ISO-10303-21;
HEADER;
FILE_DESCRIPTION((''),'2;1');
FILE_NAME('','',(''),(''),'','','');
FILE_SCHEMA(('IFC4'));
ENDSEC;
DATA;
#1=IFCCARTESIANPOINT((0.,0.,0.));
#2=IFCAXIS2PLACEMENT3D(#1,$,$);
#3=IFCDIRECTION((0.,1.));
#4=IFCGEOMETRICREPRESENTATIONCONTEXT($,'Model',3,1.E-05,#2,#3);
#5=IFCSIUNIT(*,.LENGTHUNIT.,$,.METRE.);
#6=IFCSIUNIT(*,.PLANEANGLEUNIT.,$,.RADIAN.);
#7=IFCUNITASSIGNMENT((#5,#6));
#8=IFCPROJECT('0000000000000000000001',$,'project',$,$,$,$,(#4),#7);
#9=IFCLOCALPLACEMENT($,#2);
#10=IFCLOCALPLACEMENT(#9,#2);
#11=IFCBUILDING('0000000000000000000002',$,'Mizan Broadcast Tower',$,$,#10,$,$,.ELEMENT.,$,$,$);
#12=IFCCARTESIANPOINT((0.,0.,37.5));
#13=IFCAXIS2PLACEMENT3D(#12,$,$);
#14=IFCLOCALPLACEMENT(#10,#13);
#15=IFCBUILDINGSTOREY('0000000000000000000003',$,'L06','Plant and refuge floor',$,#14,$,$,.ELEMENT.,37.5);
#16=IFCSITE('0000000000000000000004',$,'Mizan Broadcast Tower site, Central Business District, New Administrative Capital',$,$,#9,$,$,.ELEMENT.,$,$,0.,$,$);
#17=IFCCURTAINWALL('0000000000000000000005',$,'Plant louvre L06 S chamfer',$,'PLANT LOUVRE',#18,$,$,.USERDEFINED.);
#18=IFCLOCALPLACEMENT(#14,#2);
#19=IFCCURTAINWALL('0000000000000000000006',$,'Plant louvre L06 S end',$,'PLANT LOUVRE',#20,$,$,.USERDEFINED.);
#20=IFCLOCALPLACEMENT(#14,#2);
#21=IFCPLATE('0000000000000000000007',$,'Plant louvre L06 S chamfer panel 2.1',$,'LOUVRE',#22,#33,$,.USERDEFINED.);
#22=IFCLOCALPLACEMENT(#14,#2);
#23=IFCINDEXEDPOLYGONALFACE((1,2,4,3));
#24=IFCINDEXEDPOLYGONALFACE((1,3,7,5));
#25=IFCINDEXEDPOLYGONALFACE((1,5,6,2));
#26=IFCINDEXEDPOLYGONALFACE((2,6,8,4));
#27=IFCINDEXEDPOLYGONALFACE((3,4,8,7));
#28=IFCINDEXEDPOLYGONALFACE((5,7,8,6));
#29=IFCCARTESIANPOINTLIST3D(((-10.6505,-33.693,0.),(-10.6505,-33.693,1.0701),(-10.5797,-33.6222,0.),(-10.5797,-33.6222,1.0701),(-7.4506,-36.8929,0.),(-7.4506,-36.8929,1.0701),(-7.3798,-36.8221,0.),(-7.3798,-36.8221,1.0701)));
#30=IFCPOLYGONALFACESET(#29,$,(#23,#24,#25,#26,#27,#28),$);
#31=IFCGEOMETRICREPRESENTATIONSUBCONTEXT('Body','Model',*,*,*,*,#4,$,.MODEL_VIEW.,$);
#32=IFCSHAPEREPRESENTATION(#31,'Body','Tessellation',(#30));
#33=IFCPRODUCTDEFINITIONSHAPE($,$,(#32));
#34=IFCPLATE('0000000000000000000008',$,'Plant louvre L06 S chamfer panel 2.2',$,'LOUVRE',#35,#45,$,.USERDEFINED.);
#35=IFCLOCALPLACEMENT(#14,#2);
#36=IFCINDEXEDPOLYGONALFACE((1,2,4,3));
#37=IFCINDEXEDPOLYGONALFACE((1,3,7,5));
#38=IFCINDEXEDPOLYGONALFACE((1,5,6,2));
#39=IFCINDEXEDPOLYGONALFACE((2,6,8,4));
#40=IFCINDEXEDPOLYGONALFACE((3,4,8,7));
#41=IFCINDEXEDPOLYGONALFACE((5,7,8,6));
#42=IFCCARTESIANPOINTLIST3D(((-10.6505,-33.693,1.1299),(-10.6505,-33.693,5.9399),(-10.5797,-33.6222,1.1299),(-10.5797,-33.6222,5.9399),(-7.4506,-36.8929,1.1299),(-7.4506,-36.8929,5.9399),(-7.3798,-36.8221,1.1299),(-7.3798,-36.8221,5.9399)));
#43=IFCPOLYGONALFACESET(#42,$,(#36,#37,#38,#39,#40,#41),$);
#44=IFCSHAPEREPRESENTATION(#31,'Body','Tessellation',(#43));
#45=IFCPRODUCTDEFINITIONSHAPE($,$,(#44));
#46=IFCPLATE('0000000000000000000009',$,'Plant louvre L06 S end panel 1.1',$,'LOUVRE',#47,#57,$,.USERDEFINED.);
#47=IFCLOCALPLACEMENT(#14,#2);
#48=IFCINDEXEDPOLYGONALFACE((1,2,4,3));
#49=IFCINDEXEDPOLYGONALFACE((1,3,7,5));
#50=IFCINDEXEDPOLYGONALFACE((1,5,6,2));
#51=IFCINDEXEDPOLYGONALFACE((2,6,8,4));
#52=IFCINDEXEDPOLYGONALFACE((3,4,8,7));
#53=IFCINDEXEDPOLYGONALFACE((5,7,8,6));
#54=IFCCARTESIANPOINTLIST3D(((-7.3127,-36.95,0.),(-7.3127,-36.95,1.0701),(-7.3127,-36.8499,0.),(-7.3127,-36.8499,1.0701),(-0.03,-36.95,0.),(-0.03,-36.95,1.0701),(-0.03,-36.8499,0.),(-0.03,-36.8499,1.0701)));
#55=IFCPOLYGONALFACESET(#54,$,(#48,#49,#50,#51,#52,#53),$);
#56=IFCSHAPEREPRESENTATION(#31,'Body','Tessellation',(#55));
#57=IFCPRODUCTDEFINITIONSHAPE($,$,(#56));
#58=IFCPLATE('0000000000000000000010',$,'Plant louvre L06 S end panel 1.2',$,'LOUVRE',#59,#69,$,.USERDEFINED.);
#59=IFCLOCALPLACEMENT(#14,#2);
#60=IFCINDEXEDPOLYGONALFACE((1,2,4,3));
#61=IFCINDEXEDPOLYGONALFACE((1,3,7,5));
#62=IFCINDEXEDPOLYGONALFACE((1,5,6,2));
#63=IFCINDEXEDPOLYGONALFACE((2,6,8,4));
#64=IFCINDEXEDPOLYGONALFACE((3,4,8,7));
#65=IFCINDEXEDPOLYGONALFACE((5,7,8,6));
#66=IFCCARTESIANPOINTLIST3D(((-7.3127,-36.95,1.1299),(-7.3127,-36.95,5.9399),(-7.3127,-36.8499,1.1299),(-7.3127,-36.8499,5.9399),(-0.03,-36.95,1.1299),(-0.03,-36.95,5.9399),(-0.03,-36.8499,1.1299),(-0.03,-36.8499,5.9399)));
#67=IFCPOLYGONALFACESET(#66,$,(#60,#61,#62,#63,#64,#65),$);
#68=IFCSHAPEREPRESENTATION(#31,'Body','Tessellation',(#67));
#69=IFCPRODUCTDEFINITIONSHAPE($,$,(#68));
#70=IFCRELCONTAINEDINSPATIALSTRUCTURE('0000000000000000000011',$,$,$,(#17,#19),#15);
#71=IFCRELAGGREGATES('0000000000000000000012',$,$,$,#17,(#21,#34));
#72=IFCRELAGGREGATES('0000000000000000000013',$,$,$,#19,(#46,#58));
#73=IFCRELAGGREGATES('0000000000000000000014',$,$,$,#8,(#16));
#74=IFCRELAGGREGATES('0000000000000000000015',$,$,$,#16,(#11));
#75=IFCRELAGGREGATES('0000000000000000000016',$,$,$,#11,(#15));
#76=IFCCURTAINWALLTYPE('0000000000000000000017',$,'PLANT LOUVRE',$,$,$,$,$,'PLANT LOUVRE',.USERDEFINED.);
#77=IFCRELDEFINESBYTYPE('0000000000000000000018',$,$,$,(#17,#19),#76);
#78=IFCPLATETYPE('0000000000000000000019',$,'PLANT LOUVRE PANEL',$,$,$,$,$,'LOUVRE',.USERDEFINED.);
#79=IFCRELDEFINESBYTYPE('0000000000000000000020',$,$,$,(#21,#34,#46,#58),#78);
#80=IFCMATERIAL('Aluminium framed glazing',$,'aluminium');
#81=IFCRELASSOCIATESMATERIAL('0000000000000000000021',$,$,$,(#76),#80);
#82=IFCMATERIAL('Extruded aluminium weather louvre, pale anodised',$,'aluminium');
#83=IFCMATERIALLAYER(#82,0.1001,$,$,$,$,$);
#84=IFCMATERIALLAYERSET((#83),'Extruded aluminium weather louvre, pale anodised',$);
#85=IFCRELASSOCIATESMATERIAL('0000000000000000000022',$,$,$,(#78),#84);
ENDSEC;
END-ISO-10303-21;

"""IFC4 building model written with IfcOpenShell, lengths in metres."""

from ifc_helpers import new_model, si_unit, direction, frame, origin, origin_2d, place, context, subcontext, project, spatial, rectangle, extrude, material, layer, layer_set, type_object, element, aggregate, save


model = new_model("IFC4")

# Units and contexts
model_context = context("Model", 3, precision=1e-05, world=origin(), true_north=direction((0.0, 1.0)))
body_context = subcontext(model_context, "Body", "Model", "MODEL_VIEW")
ifc_project = project(units=[si_unit("LENGTHUNIT", "METRE"), si_unit("PLANEANGLEUNIT", "RADIAN")], contexts=[model_context])

# Site, building, storey
site_placement = place(None, origin())
site = spatial("IfcSite", under=ifc_project, at=site_placement, Name="Mizan Broadcast Tower site, Central Business District, New Administrative Capital", CompositionType="ELEMENT", RefElevation=0.0)
building_placement = place(site_placement, origin())
building = spatial("IfcBuilding", under=site, at=building_placement, Name="Mizan Broadcast Tower", CompositionType="ELEMENT")
storey_placement = place(building_placement, frame((0.0, 0.0, 37.5)))
storey = spatial("IfcBuildingStorey", under=building, at=storey_placement, Name="L06", Description="Plant and refuge floor", CompositionType="ELEMENT", Elevation=37.5)

# Curtain walls
ifc_material_1 = material(Name="Aluminium framed glazing", Category="aluminium")
curtain_wall_type = type_object("IfcCurtainWallType", Name="PLANT LOUVRE", ElementType="PLANT LOUVRE", PredefinedType="USERDEFINED", material=ifc_material_1)
curtain_wall_1_placement = place(storey_placement, origin())
curtain_wall_1 = element("IfcCurtainWall", 1, at=curtain_wall_1_placement, inside=storey, type_object=curtain_wall_type, Name="Plant louvre L06 S chamfer", ObjectType="PLANT LOUVRE", PredefinedType="USERDEFINED")
curtain_wall_2_placement = place(storey_placement, origin())
curtain_wall_2 = element("IfcCurtainWall", 2, at=curtain_wall_2_placement, inside=storey, type_object=curtain_wall_type, Name="Plant louvre L06 S end", ObjectType="PLANT LOUVRE", PredefinedType="USERDEFINED")

# Plates
ifc_material_2 = material(Name="Extruded aluminium weather louvre, pale anodised", Category="aluminium")
ifc_layer = layer(ifc_material_2, 0.1001)
ifc_layer_set = layer_set([ifc_layer], Name="Extruded aluminium weather louvre, pale anodised")
plate_type = type_object("IfcPlateType", Name="PLANT LOUVRE PANEL", ElementType="LOUVRE", PredefinedType="USERDEFINED", material=ifc_layer_set)
plate_1_placement = place(storey_placement, frame((-9.0151, -35.2576, 0.0), z_axis=(0.0, 0.0, 1.0), x_axis=(0.707107, -0.707107, 0.0)))
plate_1 = element("IfcPlate", 3, at=plate_1_placement, type_object=plate_type, Name="Plant louvre L06 S chamfer panel 2.1", ObjectType="LOUVRE", PredefinedType="USERDEFINED", context=body_context, shape_type="SweptSolid", body=[
    extrude(rectangle(XDim=4.5254, YDim=0.1001, at=origin_2d()), origin(), (0.0, 0.0, 1.0), 1.0701),
])
plate_2_placement = place(storey_placement, frame((-9.0151, -35.2576, 1.1299), z_axis=(0.0, 0.0, 1.0), x_axis=(0.707107, -0.707107, 0.0)))
plate_2 = element("IfcPlate", 4, at=plate_2_placement, type_object=plate_type, Name="Plant louvre L06 S chamfer panel 2.2", ObjectType="LOUVRE", PredefinedType="USERDEFINED", context=body_context, shape_type="SweptSolid", body=[
    extrude(rectangle(XDim=4.5254, YDim=0.1001, at=origin_2d()), origin(), (0.0, 0.0, 1.0), 4.8101),
])
aggregate(curtain_wall_1, [plate_1, plate_2])
plate_3_placement = place(storey_placement, frame((-3.6714, -36.8999, 0.0), z_axis=(0.0, 0.0, 1.0), x_axis=(1.0, 0.0, 0.0)))
plate_3 = element("IfcPlate", 5, at=plate_3_placement, type_object=plate_type, Name="Plant louvre L06 S end panel 1.1", ObjectType="LOUVRE", PredefinedType="USERDEFINED", context=body_context, shape_type="SweptSolid", body=[
    extrude(rectangle(XDim=7.2827, YDim=0.1001, at=origin_2d()), origin(), (0.0, 0.0, 1.0), 1.0701),
])
plate_4_placement = place(storey_placement, frame((-3.6714, -36.8999, 1.1299), z_axis=(0.0, 0.0, 1.0), x_axis=(1.0, 0.0, 0.0)))
plate_4 = element("IfcPlate", 6, at=plate_4_placement, type_object=plate_type, Name="Plant louvre L06 S end panel 1.2", ObjectType="LOUVRE", PredefinedType="USERDEFINED", context=body_context, shape_type="SweptSolid", body=[
    extrude(rectangle(XDim=7.2827, YDim=0.1001, at=origin_2d()), origin(), (0.0, 0.0, 1.0), 4.8101),
])
aggregate(curtain_wall_2, [plate_3, plate_4])

save(model, "model.ifc")
